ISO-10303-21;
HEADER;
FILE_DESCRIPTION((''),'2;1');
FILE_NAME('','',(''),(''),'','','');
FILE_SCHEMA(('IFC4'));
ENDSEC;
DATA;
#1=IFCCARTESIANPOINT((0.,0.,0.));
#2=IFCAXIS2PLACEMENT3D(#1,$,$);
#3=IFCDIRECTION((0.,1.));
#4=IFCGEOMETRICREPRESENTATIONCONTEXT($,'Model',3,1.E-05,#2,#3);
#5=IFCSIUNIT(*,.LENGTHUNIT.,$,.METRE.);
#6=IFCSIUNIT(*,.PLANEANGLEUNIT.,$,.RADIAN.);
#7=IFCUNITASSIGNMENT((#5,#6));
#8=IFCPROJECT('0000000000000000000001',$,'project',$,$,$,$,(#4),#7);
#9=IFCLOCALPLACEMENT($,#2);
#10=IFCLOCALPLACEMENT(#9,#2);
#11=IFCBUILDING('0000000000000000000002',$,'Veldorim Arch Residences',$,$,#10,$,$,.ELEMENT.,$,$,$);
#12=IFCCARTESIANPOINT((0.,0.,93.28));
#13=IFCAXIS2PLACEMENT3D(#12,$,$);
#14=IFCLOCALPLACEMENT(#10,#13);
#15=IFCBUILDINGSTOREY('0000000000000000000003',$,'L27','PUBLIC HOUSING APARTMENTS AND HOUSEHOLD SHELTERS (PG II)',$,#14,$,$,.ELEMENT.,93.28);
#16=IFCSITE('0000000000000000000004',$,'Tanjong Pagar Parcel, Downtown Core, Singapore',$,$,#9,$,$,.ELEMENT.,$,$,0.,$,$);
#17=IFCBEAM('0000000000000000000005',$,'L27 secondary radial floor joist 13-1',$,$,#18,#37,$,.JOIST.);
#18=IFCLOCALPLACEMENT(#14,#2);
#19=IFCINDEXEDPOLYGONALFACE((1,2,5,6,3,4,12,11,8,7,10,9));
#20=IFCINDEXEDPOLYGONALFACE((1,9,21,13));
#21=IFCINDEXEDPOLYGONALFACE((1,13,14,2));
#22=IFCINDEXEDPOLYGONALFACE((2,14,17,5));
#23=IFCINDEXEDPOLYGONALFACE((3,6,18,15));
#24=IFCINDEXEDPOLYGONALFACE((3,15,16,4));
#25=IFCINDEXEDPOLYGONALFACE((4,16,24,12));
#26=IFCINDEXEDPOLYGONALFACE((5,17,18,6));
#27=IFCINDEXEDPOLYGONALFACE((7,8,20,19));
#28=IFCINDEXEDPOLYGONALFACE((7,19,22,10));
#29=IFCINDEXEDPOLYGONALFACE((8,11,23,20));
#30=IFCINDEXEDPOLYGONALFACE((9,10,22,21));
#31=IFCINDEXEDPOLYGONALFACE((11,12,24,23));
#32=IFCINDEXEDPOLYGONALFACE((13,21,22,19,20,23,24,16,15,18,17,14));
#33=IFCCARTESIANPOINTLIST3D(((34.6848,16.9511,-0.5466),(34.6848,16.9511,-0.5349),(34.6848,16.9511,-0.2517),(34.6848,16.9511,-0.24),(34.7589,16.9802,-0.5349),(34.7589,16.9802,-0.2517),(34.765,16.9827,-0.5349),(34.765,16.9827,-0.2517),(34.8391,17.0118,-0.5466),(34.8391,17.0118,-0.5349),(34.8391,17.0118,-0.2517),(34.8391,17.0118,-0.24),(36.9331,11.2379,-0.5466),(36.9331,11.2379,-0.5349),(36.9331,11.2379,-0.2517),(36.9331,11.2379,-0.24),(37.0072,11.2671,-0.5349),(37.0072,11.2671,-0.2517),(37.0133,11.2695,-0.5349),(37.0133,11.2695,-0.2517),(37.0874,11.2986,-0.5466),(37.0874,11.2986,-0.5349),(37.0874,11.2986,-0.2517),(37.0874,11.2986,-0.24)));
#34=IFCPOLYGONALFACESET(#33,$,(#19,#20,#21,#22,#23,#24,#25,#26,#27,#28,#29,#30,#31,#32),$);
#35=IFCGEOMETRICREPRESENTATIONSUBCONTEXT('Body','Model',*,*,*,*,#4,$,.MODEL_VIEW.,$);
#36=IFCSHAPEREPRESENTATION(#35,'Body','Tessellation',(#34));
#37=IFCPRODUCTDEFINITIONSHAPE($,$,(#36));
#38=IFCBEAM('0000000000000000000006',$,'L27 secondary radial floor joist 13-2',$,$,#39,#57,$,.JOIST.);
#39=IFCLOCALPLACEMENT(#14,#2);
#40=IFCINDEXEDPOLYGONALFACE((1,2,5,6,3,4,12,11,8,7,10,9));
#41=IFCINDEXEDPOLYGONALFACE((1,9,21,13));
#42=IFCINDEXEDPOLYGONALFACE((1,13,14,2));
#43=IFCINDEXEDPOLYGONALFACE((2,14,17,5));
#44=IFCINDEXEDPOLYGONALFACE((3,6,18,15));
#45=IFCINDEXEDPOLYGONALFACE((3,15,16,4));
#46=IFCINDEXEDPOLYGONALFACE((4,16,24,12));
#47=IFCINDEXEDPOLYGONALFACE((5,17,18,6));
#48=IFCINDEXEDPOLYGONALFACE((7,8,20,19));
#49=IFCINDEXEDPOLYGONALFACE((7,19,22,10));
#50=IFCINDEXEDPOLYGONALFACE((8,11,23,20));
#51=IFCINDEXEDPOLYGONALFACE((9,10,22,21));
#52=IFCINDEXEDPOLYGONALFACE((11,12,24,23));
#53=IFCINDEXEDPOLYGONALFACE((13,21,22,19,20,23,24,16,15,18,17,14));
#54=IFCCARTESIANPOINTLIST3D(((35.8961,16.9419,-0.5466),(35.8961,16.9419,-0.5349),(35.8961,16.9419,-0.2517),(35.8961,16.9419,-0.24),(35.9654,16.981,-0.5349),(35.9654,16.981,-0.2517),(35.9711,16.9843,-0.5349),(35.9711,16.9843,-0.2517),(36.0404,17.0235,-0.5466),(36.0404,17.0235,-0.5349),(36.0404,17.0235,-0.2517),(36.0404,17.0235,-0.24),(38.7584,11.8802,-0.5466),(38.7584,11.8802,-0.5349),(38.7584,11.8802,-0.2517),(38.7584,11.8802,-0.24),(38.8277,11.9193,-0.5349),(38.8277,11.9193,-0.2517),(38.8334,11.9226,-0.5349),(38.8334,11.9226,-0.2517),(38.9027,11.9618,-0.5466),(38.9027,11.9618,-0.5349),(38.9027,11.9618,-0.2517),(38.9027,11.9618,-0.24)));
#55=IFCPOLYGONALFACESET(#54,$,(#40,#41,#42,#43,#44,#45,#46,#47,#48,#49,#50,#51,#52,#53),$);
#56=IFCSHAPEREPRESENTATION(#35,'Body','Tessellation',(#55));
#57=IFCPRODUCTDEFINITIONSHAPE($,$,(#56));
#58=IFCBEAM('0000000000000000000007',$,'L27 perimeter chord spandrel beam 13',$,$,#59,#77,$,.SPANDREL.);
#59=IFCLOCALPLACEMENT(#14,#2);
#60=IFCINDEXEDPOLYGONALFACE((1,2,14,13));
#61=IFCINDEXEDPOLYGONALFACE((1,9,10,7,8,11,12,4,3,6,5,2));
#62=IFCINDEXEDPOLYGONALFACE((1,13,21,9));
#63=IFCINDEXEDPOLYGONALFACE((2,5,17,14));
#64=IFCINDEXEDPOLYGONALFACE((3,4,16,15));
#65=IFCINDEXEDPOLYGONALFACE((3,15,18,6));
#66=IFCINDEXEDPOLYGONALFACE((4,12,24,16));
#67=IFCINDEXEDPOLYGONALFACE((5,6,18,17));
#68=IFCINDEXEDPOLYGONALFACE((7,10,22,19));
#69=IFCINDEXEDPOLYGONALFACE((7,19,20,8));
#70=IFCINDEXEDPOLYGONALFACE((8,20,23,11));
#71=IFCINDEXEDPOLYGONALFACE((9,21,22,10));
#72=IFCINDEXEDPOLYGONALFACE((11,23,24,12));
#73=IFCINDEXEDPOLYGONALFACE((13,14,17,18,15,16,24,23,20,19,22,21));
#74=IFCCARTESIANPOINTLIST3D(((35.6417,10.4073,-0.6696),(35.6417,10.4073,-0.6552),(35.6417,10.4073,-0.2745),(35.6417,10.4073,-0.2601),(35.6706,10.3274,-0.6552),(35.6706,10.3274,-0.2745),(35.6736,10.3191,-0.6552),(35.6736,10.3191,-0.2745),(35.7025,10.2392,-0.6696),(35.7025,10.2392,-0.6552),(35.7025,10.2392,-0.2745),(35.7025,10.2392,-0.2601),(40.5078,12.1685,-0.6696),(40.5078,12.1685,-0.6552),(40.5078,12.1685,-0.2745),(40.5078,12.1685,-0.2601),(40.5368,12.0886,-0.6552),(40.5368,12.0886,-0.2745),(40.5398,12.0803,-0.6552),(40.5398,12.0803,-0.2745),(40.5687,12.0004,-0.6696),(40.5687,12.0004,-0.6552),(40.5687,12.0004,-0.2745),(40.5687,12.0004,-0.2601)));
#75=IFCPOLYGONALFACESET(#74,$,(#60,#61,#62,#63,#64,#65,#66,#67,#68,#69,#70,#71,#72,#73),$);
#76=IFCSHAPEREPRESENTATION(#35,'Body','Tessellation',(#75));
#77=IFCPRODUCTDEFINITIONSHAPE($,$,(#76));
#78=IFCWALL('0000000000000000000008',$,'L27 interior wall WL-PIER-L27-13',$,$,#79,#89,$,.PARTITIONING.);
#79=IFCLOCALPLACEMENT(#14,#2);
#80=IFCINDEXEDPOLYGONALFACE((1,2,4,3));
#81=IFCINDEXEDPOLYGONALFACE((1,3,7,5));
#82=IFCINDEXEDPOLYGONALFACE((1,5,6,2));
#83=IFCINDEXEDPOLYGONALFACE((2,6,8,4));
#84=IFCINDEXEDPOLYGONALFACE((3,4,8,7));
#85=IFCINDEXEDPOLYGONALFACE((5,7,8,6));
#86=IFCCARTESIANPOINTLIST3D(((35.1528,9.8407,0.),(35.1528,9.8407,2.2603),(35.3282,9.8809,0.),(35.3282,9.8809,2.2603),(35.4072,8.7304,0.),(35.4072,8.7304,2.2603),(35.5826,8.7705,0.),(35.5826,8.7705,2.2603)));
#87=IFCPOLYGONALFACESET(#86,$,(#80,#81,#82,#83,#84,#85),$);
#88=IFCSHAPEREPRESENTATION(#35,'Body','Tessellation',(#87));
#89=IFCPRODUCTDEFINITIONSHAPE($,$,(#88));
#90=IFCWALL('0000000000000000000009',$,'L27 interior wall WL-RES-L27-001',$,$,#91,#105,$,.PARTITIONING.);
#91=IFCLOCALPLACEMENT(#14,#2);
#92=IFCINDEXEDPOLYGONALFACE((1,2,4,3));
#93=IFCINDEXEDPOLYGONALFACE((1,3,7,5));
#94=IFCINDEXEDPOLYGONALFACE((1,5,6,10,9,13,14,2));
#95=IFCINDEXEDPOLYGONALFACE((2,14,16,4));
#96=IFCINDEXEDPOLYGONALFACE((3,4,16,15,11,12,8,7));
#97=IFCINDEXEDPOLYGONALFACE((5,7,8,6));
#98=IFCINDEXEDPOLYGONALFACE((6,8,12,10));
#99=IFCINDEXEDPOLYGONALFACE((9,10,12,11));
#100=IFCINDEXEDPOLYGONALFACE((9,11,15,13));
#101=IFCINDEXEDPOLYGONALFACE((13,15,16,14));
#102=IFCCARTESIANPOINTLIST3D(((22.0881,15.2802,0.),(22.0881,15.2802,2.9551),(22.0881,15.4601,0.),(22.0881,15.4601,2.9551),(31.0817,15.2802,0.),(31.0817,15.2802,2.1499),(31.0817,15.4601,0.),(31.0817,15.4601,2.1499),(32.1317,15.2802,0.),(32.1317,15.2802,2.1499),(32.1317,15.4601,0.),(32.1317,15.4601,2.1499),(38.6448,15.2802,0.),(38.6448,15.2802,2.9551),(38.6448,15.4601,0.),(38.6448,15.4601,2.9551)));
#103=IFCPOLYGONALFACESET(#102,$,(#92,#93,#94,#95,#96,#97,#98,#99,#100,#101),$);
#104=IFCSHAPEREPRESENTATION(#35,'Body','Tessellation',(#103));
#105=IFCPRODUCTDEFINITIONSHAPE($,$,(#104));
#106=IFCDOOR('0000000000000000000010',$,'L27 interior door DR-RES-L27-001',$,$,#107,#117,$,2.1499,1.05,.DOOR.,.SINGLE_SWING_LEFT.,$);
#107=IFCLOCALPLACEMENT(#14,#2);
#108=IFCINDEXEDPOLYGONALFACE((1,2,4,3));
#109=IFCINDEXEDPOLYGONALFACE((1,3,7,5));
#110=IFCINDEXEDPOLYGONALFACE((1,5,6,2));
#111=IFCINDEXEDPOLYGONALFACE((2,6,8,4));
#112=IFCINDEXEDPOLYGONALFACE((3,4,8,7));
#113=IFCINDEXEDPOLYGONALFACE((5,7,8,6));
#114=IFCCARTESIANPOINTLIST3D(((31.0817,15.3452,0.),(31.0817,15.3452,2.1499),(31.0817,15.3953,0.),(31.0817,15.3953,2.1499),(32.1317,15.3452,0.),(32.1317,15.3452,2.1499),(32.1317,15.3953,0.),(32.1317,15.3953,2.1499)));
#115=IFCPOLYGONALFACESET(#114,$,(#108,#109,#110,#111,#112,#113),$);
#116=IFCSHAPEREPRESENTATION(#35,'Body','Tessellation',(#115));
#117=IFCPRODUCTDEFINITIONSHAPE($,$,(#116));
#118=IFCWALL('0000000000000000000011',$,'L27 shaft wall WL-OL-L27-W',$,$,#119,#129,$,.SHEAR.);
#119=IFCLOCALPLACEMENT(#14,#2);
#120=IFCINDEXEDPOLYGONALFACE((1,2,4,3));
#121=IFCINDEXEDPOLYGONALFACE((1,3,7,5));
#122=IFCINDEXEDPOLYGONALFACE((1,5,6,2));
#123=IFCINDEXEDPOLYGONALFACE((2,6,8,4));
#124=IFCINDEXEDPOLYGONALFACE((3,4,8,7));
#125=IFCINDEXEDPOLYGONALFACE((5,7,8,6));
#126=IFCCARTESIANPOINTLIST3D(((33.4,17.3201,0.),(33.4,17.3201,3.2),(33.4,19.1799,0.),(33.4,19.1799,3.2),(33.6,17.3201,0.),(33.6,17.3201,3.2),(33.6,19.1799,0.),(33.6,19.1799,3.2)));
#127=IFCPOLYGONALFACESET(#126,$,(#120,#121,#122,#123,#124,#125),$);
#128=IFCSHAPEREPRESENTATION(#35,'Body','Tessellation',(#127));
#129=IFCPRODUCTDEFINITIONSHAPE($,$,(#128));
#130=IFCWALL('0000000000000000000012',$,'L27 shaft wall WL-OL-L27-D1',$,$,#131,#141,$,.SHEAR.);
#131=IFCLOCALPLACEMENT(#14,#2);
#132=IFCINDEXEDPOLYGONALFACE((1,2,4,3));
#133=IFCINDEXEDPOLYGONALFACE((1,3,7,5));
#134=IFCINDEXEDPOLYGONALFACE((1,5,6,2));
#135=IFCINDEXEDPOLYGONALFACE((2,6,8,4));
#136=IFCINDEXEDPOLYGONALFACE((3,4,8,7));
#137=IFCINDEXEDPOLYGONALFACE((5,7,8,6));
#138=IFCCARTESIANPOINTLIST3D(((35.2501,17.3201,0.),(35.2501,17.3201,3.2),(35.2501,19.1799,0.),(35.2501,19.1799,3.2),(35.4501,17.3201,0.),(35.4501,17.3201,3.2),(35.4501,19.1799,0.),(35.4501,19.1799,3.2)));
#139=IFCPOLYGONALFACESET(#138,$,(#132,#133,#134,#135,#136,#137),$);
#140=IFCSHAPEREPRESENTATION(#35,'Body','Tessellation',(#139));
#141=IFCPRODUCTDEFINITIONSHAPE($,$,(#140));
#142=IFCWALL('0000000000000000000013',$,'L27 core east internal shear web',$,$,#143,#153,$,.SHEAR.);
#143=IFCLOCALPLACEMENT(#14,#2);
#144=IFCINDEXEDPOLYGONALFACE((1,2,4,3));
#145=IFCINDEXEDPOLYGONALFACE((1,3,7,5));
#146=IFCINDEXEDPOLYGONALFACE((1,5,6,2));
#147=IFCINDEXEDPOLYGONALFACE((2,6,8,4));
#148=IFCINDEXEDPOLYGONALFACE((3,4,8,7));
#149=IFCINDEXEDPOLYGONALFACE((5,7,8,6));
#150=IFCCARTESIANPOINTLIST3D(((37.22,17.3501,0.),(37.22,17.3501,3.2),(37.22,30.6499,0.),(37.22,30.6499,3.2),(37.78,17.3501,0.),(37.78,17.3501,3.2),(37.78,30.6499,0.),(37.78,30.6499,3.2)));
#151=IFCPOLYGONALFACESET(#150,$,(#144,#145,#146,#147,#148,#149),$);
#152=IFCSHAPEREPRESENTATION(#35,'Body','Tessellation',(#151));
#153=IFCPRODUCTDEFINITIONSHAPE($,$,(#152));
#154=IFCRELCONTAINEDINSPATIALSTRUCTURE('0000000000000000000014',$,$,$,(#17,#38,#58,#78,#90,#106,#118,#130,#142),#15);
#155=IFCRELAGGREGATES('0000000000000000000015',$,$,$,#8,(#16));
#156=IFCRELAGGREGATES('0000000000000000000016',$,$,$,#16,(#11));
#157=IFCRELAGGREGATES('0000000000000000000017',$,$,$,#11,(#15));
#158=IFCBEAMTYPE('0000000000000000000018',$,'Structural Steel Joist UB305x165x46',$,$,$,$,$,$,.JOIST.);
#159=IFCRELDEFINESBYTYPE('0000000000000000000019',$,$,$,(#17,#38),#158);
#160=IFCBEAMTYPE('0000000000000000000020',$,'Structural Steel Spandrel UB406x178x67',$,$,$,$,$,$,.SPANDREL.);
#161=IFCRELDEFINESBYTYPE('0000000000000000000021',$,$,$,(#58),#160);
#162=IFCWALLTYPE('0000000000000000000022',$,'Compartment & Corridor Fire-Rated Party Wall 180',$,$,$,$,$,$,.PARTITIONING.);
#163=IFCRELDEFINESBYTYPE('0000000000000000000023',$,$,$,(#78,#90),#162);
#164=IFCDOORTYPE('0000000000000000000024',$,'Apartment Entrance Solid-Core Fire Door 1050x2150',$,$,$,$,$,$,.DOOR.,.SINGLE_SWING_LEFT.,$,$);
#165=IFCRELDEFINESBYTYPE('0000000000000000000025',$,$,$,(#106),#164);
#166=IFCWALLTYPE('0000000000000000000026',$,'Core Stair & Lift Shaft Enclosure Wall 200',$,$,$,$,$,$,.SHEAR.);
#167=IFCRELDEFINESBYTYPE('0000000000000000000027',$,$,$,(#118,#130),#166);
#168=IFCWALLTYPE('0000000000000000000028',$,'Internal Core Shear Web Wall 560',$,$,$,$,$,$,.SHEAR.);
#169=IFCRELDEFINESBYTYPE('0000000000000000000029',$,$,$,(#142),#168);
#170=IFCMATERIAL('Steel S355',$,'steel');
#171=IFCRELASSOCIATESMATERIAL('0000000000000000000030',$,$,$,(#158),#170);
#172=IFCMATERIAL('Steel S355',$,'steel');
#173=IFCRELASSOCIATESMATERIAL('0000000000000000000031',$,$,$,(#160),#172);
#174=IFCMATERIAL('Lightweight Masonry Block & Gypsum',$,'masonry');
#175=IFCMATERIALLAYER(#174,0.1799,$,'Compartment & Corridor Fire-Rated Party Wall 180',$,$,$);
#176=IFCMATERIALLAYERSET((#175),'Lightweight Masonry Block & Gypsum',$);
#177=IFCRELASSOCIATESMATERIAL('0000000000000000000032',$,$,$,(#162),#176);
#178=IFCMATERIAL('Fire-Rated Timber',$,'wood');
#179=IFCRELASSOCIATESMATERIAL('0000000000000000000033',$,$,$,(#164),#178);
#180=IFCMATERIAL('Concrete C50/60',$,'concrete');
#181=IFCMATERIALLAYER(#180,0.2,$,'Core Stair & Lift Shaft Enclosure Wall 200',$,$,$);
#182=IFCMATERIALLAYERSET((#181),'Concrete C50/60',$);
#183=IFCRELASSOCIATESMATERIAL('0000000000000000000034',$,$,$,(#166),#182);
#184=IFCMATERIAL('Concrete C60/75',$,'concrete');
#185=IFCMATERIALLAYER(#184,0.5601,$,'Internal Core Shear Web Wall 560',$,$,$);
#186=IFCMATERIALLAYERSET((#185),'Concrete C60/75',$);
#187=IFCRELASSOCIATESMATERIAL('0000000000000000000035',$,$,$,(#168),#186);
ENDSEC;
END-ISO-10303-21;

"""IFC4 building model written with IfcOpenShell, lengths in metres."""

from ifc_helpers import new_model, si_unit, direction, frame, frame_2d, origin, origin_2d, place, context, subcontext, project, spatial, rectangle, i_section, extrude, material, layer, layer_set, material_profile, profile_set, type_object, element, fill, save


model = new_model("IFC4")

# Units and contexts
model_context = context("Model", 3, precision=1e-05, world=origin(), true_north=direction((0.0, 1.0)))
body_context = subcontext(model_context, "Body", "Model", "MODEL_VIEW")
ifc_project = project(units=[si_unit("LENGTHUNIT", "METRE"), si_unit("PLANEANGLEUNIT", "RADIAN")], contexts=[model_context])

# Site, building, storey
site_placement = place(None, origin())
site = spatial("IfcSite", under=ifc_project, at=site_placement, Name="Tanjong Pagar Parcel, Downtown Core, Singapore", CompositionType="ELEMENT", RefElevation=0.0)
building_placement = place(site_placement, origin())
building = spatial("IfcBuilding", under=site, at=building_placement, Name="Veldorim Arch Residences", CompositionType="ELEMENT")
storey_placement = place(building_placement, frame((0.0, 0.0, 93.28)))
storey = spatial("IfcBuildingStorey", under=building, at=storey_placement, Name="L27", Description="PUBLIC HOUSING APARTMENTS AND HOUSEHOLD SHELTERS (PG II)", CompositionType="ELEMENT", Elevation=93.28)

# Beams
ifc_material_1 = material(Name="Steel S355", Category="steel")
ifc_material_profile_1 = material_profile(ifc_material_1, i_section(OverallWidth=0.1658, OverallDepth=0.3066, WebThickness=0.0066, FlangeThickness=0.0117, at=origin_2d()), Name="UB305x165x46")
ifc_profile_set_1 = profile_set([ifc_material_profile_1], Name="Steel S355")
beam_type_1 = type_object("IfcBeamType", Name="Structural Steel Joist UB305x165x46", PredefinedType="JOIST", material=ifc_profile_set_1)
beam_1_placement = place(storey_placement, frame((34.762, 16.9814, -0.3933), z_axis=(0.366195, -0.930538, 0.0), x_axis=(0.930538, 0.366195, 0.0)))
element("IfcBeam", 1, at=beam_1_placement, inside=storey, type_object=beam_type_1, Name="L27 secondary radial floor joist 13-1", PredefinedType="JOIST", context=body_context, shape_type="SweptSolid", body=[
    extrude(i_section(OverallWidth=0.1658, OverallDepth=0.3066, WebThickness=0.0066, FlangeThickness=0.0117, at=origin_2d()), origin(), (0.0, 0.0, 1.0), 6.1396),
])
beam_2_placement = place(storey_placement, frame((35.9683, 16.9827, -0.3933), z_axis=(0.492227, -0.870467, 0.0), x_axis=(0.870467, 0.492227, 0.0)))
element("IfcBeam", 2, at=beam_2_placement, inside=storey, type_object=beam_type_1, Name="L27 secondary radial floor joist 13-2", PredefinedType="JOIST", context=body_context, shape_type="SweptSolid", body=[
    extrude(i_section(OverallWidth=0.1658, OverallDepth=0.3066, WebThickness=0.0066, FlangeThickness=0.0117, at=origin_2d()), origin(), (0.0, 0.0, 1.0), 5.8149),
])
ifc_material_2 = material(Name="Steel S355", Category="steel")
ifc_material_profile_2 = material_profile(ifc_material_2, i_section(OverallWidth=0.1787, OverallDepth=0.4094, WebThickness=0.0088, FlangeThickness=0.0144, at=origin_2d()), Name="UB406x178x67")
ifc_profile_set_2 = profile_set([ifc_material_profile_2], Name="Steel S355")
beam_type_2 = type_object("IfcBeamType", Name="Structural Steel Spandrel UB406x178x67", PredefinedType="SPANDREL", material=ifc_profile_set_2)
beam_3_placement = place(storey_placement, frame((35.6721, 10.3232, -0.4648), z_axis=(0.940308, 0.340326, 0.0), x_axis=(-0.340326, 0.940308, 0.0)))
element("IfcBeam", 3, at=beam_3_placement, inside=storey, type_object=beam_type_2, Name="L27 perimeter chord spandrel beam 13", PredefinedType="SPANDREL", context=body_context, shape_type="SweptSolid", body=[
    extrude(i_section(OverallWidth=0.1787, OverallDepth=0.4094, WebThickness=0.0088, FlangeThickness=0.0144, at=origin_2d()), origin(), (0.0, 0.0, 1.0), 5.175),
])

# Wall
ifc_material_3 = material(Name="Lightweight Masonry Block & Gypsum", Category="masonry")
ifc_layer_1 = layer(ifc_material_3, 0.1799, Name="Compartment & Corridor Fire-Rated Party Wall 180")
ifc_layer_set_1 = layer_set([ifc_layer_1], Name="Lightweight Masonry Block & Gypsum")
wall_type_1 = type_object("IfcWallType", Name="Compartment & Corridor Fire-Rated Party Wall 180", PredefinedType="PARTITIONING", material=ifc_layer_set_1)
wall_1_placement = place(storey_placement, frame((35.2405, 9.8608, 0.0), z_axis=(0.0, 0.0, 1.0), x_axis=(0.223325, -0.974744, 0.0)))
element("IfcWall", 4, at=wall_1_placement, inside=storey, type_object=wall_type_1, Name="L27 interior wall WL-PIER-L27-13", PredefinedType="PARTITIONING", context=body_context, shape_type="SweptSolid", body=[
    extrude(rectangle(XDim=1.1392, YDim=0.1799, at=frame_2d((0.5696, 0.0))), origin(), (0.0, 0.0, 1.0), 2.2603),
])

# Wall, opening, door
wall_2_placement = place(storey_placement, frame((38.6448, 15.3701, 0.0), z_axis=(0.0, 0.0, 1.0), x_axis=(-1.0, 0.0, 0.0)))
wall_2 = element("IfcWall", 5, at=wall_2_placement, inside=storey, type_object=wall_type_1, Name="L27 interior wall WL-RES-L27-001", PredefinedType="PARTITIONING", context=body_context, shape_type="SweptSolid", body=[
    extrude(rectangle(XDim=16.5566, YDim=0.1799, at=frame_2d((8.2783, 0.0))), origin(), (0.0, 0.0, 1.0), 2.9551),
])
opening_1_placement = place(wall_2_placement, frame((6.5132, 0.0, 0.0)))
opening_1 = element("IfcOpeningElement", 6, at=opening_1_placement, cuts=wall_2, PredefinedType="OPENING", context=body_context, shape_type="SweptSolid", body=[
    extrude(rectangle(XDim=1.05, YDim=2.1499, at=frame_2d((0.5249, 1.075))), frame((0.0, 0.0999, 0.0), z_axis=(0.0, -1.0, 0.0), x_axis=(1.0, 0.0, 0.0)), (0.0, 0.0, 1.0), 0.2),
])
ifc_material_4 = material(Name="Fire-Rated Timber", Category="wood")
door_type_1 = type_object("IfcDoorType", Name="Apartment Entrance Solid-Core Fire Door 1050x2150", OperationType="SINGLE_SWING_LEFT", PredefinedType="DOOR", material=ifc_material_4)
door_1_placement = place(opening_1_placement, origin())
door_1 = element("IfcDoor", 7, at=door_1_placement, inside=storey, type_object=door_type_1, Name="L27 interior door DR-RES-L27-001", OperationType="SINGLE_SWING_LEFT", OverallHeight=2.1499, OverallWidth=1.05, PredefinedType="DOOR", context=body_context, shape_type="SweptSolid", body=[
    extrude(rectangle(XDim=1.05, YDim=2.1499, at=frame_2d((0.5249, 1.075))), frame((0.0, 0.0249, 0.0), z_axis=(0.0, -1.0, 0.0), x_axis=(1.0, 0.0, 0.0)), (0.0, 0.0, 1.0), 0.05),
])
fill(opening_1, door_1)

# Walls
ifc_material_5 = material(Name="Concrete C50/60", Category="concrete")
ifc_layer_2 = layer(ifc_material_5, 0.2, Name="Core Stair & Lift Shaft Enclosure Wall 200")
ifc_layer_set_2 = layer_set([ifc_layer_2], Name="Concrete C50/60")
wall_type_2 = type_object("IfcWallType", Name="Core Stair & Lift Shaft Enclosure Wall 200", PredefinedType="SHEAR", material=ifc_layer_set_2)
for number, where, z_axis, x_axis, name in (
    (8, (33.5, 17.3201, 0.0), (0.0, 0.0, 1.0), (0.0, 1.0, 0.0), "L27 shaft wall WL-OL-L27-W"),
    (9, (35.3501, 17.3201, 0.0), (0.0, 0.0, 1.0), (0.0, 1.0, 0.0), "L27 shaft wall WL-OL-L27-D1"),
):
    element("IfcWall", number, at=place(storey_placement, frame(where, z_axis=z_axis, x_axis=x_axis)), inside=storey, type_object=wall_type_2, Name=name, PredefinedType="SHEAR", context=body_context, shape_type="SweptSolid", body=[
        extrude(rectangle(XDim=1.8599, YDim=0.2, at=frame_2d((0.9299, 0.0))), origin(), (0.0, 0.0, 1.0), 3.2),
    ])
ifc_material_6 = material(Name="Concrete C60/75", Category="concrete")
ifc_layer_3 = layer(ifc_material_6, 0.5601, Name="Internal Core Shear Web Wall 560")
ifc_layer_set_3 = layer_set([ifc_layer_3], Name="Concrete C60/75")
wall_type_3 = type_object("IfcWallType", Name="Internal Core Shear Web Wall 560", PredefinedType="SHEAR", material=ifc_layer_set_3)
wall_3_placement = place(storey_placement, frame((37.5, 17.3501, 0.0), z_axis=(0.0, 0.0, 1.0), x_axis=(0.0, 1.0, 0.0)))
element("IfcWall", 10, at=wall_3_placement, inside=storey, type_object=wall_type_3, Name="L27 core east internal shear web", PredefinedType="SHEAR", context=body_context, shape_type="SweptSolid", body=[
    extrude(rectangle(XDim=13.2998, YDim=0.5601, at=frame_2d((6.6499, 0.0))), origin(), (0.0, 0.0, 1.0), 3.2),
])

save(model, "model.ifc")
